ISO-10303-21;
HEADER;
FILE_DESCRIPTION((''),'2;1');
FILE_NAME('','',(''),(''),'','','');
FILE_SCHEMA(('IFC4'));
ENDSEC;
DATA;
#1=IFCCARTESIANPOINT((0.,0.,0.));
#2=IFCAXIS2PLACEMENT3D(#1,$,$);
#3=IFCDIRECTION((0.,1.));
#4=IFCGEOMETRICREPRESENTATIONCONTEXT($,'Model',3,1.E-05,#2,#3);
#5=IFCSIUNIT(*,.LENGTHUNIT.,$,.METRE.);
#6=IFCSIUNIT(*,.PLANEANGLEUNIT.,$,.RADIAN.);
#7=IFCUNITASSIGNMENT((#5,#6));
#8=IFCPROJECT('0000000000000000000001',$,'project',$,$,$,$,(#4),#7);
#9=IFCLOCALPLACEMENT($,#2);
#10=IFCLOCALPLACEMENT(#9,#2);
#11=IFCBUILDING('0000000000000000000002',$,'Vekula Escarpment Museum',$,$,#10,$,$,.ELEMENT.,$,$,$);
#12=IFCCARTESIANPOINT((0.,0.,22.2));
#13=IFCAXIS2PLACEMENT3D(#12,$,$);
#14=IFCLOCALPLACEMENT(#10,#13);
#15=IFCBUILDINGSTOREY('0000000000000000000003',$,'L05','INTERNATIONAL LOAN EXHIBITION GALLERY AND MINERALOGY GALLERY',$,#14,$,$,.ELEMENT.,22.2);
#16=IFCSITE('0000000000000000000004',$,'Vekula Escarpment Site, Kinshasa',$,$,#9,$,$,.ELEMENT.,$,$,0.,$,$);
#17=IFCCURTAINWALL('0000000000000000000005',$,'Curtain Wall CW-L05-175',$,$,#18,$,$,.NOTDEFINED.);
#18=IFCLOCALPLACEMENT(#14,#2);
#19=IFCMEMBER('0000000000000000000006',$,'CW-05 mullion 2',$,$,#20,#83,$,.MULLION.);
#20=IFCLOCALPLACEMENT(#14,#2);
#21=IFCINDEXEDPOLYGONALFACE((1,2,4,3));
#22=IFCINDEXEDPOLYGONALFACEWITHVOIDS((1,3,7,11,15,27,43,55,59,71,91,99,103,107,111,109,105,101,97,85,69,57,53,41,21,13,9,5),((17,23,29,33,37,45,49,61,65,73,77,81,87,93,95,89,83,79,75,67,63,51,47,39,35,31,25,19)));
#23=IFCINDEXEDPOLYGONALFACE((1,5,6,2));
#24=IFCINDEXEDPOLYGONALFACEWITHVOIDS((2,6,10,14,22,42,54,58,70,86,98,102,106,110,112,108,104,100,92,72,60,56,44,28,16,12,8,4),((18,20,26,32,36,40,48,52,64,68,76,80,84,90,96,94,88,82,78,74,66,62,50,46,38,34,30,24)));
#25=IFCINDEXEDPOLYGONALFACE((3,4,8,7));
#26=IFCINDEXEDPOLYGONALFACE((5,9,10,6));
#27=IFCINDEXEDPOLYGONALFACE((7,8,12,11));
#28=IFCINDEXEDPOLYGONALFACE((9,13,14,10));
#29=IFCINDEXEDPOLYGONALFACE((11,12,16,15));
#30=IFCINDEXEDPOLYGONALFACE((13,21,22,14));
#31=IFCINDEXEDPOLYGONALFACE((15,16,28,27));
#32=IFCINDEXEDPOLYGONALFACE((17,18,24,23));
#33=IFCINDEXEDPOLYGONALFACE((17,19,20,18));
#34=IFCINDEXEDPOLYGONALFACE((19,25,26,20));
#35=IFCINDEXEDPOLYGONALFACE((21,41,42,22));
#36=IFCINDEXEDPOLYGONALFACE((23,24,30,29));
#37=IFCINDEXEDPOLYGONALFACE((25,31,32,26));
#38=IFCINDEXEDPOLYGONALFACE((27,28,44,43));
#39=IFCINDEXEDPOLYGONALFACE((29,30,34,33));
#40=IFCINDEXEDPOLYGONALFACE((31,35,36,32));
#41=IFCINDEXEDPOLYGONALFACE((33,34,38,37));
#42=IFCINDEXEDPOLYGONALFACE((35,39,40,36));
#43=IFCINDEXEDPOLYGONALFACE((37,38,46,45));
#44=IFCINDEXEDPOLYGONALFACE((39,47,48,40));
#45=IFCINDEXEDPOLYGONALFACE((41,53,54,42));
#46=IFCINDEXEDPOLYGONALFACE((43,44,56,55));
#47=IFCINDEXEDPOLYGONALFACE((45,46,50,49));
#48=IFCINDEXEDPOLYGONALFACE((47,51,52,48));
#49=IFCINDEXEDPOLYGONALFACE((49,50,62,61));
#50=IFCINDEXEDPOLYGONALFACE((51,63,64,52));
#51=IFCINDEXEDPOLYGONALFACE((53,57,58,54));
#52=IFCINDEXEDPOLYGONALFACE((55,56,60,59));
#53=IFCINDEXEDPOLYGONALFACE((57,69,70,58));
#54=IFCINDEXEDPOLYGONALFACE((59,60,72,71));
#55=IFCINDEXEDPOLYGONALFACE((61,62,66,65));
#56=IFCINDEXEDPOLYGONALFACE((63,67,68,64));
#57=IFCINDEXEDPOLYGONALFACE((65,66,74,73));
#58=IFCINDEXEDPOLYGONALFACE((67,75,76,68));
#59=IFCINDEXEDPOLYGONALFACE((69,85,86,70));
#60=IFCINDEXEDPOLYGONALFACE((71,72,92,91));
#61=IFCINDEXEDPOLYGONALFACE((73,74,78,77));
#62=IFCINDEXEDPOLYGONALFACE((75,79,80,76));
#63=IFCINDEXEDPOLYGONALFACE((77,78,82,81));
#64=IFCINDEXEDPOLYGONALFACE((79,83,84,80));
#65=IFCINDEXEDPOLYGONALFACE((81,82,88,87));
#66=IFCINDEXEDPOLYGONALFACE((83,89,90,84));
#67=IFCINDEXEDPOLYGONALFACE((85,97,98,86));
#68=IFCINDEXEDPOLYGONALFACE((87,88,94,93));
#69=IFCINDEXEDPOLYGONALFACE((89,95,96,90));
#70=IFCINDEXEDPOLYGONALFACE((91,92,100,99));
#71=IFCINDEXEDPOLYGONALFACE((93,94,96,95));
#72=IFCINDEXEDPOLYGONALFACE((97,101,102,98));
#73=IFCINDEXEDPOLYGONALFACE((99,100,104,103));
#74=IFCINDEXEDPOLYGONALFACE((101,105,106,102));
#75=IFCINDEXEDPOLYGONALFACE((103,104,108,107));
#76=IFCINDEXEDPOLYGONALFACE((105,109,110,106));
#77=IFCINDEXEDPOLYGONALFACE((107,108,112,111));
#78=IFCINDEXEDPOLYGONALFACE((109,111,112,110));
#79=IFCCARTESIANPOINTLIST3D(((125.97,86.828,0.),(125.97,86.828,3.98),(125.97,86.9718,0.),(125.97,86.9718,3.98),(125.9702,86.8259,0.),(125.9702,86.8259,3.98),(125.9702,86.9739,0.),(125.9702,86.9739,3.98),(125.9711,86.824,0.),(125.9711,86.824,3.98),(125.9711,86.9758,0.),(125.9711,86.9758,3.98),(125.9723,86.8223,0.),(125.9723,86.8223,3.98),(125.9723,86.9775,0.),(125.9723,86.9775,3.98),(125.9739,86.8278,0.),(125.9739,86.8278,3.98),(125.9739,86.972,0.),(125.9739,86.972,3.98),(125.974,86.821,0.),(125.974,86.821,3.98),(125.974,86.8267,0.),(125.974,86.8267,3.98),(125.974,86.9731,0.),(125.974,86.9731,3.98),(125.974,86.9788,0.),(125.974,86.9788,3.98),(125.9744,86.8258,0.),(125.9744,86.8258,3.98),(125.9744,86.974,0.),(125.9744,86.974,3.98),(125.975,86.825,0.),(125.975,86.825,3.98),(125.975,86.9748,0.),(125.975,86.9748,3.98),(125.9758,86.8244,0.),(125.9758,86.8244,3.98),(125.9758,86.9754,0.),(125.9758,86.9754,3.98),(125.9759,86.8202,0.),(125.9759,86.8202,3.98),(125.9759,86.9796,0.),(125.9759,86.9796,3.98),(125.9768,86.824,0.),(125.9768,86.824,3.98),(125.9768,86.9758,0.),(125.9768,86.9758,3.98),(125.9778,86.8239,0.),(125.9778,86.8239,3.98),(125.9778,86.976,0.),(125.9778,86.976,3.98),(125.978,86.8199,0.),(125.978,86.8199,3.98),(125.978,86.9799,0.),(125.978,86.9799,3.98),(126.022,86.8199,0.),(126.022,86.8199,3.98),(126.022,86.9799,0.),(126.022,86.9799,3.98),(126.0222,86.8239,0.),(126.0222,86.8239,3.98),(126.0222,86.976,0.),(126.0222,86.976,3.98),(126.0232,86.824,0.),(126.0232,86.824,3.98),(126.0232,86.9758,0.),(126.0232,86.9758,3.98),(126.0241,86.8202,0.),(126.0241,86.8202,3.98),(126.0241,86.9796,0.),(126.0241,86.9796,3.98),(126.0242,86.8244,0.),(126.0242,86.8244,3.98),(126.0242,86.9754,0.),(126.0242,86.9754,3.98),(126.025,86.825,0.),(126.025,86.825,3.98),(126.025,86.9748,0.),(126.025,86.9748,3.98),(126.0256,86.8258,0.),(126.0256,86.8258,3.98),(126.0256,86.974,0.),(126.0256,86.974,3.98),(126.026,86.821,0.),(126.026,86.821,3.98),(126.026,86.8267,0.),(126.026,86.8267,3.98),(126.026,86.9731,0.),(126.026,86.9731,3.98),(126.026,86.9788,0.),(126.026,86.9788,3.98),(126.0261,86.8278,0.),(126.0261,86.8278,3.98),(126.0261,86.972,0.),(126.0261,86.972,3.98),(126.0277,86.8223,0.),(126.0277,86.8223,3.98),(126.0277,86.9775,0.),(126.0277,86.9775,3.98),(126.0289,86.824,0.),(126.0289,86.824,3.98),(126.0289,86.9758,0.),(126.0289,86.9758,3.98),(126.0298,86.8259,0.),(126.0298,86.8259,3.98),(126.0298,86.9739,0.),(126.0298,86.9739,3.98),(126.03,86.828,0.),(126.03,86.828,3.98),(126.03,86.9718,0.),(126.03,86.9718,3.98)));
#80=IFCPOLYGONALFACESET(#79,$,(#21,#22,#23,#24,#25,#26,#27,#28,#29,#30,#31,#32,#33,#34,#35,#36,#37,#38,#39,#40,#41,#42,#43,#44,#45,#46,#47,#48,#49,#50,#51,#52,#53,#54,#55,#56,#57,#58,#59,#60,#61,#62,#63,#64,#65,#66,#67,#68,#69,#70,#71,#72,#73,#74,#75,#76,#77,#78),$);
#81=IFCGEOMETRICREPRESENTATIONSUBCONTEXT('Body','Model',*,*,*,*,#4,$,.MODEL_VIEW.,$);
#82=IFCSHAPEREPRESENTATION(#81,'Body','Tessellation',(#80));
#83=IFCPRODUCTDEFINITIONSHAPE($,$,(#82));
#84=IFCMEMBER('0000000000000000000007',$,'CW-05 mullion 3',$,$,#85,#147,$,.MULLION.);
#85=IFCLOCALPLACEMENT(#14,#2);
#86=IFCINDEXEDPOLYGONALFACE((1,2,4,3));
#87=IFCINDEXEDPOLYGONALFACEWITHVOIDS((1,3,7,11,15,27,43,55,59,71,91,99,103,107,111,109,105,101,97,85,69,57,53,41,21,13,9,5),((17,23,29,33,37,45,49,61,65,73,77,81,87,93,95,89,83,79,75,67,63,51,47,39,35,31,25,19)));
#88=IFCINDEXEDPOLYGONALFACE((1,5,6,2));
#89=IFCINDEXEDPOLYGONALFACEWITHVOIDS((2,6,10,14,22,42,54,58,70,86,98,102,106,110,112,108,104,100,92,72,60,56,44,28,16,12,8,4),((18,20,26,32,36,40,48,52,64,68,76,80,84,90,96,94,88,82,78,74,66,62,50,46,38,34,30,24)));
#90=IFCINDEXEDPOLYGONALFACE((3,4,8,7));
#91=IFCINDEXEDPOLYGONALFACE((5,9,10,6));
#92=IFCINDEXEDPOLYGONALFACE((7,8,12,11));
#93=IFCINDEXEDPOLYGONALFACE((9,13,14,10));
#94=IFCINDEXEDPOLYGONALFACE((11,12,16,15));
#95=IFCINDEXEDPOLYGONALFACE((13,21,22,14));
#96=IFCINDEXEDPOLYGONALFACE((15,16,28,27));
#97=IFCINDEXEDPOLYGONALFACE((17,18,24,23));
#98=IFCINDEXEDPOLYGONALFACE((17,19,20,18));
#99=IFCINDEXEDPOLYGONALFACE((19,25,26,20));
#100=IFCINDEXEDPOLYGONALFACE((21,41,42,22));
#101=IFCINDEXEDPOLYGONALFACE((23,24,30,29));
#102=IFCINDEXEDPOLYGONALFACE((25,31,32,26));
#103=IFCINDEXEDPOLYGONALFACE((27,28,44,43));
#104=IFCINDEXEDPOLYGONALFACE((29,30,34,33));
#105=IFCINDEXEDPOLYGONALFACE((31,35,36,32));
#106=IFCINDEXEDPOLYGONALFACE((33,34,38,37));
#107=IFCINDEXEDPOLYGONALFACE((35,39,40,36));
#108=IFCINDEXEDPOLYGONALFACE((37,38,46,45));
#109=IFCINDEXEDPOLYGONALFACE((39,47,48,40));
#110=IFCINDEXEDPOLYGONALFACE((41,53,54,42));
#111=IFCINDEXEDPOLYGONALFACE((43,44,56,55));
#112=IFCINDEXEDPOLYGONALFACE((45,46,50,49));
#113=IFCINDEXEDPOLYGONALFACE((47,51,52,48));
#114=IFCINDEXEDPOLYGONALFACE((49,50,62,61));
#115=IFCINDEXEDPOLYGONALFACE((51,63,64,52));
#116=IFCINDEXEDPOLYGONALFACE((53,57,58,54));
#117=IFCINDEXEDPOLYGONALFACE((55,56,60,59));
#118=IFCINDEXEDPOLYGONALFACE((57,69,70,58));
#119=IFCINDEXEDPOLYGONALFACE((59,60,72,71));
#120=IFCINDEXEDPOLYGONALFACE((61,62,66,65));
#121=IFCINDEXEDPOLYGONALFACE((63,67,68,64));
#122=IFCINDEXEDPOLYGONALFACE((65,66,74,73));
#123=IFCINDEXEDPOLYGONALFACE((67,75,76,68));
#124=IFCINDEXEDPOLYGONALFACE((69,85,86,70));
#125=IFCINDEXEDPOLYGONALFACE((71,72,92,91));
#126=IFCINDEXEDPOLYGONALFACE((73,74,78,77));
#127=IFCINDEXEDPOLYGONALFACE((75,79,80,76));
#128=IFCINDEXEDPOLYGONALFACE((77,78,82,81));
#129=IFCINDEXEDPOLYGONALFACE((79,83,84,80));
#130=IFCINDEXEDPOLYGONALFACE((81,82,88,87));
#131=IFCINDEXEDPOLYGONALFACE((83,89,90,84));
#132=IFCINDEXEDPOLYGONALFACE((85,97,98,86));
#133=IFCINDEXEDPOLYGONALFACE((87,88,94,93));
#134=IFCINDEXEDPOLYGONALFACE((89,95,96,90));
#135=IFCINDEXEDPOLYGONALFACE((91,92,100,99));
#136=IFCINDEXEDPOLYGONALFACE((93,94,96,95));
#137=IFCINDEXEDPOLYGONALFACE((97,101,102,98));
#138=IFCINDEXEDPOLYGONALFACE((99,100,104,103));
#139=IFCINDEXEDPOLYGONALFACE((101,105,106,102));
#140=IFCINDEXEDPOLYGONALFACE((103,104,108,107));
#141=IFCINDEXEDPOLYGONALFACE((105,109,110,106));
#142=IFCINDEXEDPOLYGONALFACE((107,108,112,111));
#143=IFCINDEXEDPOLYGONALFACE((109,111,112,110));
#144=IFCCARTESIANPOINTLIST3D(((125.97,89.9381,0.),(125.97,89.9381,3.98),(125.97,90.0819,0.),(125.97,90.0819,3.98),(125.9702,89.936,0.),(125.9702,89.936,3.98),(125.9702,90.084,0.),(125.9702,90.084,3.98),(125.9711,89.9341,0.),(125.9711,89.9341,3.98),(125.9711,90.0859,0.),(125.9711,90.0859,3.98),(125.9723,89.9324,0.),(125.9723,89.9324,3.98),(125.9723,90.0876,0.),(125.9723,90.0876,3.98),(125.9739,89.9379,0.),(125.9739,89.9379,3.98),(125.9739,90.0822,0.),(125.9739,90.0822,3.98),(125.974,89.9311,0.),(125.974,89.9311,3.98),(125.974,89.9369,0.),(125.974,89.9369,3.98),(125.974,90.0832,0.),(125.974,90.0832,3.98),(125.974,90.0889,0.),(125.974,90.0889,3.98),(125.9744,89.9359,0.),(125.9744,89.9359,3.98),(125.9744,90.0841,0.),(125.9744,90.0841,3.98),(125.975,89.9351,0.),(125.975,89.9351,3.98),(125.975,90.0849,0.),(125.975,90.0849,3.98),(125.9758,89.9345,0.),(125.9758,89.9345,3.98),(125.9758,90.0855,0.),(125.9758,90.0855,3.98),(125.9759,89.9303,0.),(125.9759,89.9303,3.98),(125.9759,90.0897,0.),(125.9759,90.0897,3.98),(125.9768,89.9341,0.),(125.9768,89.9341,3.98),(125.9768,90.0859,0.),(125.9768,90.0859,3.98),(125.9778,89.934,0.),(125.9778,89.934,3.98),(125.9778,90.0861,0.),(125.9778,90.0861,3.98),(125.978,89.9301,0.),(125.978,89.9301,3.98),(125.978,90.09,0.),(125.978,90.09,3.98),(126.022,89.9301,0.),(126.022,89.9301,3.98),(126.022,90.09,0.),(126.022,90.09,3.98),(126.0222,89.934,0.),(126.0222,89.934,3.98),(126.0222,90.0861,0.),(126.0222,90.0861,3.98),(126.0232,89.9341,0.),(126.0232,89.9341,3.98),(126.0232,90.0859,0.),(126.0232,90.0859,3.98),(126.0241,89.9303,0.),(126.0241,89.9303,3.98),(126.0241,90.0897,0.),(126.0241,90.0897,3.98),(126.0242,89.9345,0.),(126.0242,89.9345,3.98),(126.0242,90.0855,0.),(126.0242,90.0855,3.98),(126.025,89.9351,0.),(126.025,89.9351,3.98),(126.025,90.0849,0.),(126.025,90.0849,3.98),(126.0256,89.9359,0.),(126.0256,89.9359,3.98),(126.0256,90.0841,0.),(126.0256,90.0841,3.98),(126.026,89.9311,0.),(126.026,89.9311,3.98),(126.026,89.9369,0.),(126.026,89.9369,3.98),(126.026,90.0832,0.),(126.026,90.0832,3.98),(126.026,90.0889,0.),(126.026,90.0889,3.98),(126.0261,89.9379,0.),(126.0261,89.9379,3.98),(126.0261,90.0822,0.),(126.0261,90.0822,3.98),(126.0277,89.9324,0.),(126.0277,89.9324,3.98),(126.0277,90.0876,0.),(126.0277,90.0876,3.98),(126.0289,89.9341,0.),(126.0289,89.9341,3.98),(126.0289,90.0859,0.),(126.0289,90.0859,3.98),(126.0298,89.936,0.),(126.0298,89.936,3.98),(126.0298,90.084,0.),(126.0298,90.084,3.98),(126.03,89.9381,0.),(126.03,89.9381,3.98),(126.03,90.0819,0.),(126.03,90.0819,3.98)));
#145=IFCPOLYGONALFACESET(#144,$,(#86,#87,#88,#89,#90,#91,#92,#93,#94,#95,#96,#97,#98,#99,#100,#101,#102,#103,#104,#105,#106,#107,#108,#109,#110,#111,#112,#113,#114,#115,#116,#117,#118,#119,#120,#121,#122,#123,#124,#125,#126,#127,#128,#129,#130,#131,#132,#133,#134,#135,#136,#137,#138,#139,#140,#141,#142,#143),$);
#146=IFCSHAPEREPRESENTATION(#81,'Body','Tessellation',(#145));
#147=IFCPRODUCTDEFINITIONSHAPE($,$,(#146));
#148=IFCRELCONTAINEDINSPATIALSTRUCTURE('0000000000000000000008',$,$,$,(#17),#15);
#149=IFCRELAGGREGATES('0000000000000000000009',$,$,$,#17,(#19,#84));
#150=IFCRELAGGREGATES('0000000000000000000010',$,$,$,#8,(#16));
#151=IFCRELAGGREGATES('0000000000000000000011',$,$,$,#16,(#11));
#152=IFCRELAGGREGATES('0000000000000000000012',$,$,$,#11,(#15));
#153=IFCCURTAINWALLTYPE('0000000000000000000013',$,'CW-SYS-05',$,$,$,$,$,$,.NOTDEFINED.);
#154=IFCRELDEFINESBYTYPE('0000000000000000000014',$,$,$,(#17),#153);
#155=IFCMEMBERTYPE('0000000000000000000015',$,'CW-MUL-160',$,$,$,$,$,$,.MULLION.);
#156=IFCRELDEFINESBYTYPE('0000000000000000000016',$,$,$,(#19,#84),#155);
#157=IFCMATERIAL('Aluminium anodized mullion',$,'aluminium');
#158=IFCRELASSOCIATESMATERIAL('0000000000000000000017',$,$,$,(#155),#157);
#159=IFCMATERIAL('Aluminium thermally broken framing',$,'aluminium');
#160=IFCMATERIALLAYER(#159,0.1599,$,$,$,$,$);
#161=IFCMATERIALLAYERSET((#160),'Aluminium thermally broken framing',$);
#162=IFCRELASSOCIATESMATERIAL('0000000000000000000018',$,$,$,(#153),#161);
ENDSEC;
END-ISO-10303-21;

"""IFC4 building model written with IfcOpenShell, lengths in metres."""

from ifc_helpers import new_model, si_unit, direction, frame, origin, origin_2d, place, context, subcontext, project, spatial, hollow_rectangle, extrude, material, layer, layer_set, material_profile, profile_set, type_object, element, aggregate, save


model = new_model("IFC4")

# Units and contexts
model_context = context("Model", 3, precision=1e-05, world=origin(), true_north=direction((0.0, 1.0)))
body_context = subcontext(model_context, "Body", "Model", "MODEL_VIEW")
ifc_project = project(units=[si_unit("LENGTHUNIT", "METRE"), si_unit("PLANEANGLEUNIT", "RADIAN")], contexts=[model_context])

# Site, building, storey
site_placement = place(None, origin())
site = spatial("IfcSite", under=ifc_project, at=site_placement, Name="Vekula Escarpment Site, Kinshasa", CompositionType="ELEMENT", RefElevation=0.0)
building_placement = place(site_placement, origin())
building = spatial("IfcBuilding", under=site, at=building_placement, Name="Vekula Escarpment Museum", CompositionType="ELEMENT")
storey_placement = place(building_placement, frame((0.0, 0.0, 22.2)))
storey = spatial("IfcBuildingStorey", under=building, at=storey_placement, Name="L05", Description="INTERNATIONAL LOAN EXHIBITION GALLERY AND MINERALOGY GALLERY", CompositionType="ELEMENT", Elevation=22.2)

# Shared definitions
ifc_material_1 = material(Name="Aluminium anodized mullion", Category="aluminium")
ifc_material_profile_1 = material_profile(ifc_material_1, hollow_rectangle(XDim=0.0601, YDim=0.1599, WallThickness=0.0039, InnerFilletRadius=0.0039, OuterFilletRadius=0.0081, at=origin_2d()), Name="ALU 160x60x4")
ifc_profile_set_1 = profile_set([ifc_material_profile_1], Name="Aluminium anodized mullion")
member_type_1 = type_object("IfcMemberType", Name="CW-MUL-160", PredefinedType="MULLION", material=ifc_profile_set_1)

# Curtain wall, members
ifc_material_2 = material(Name="Aluminium thermally broken framing", Category="aluminium")
ifc_layer_1 = layer(ifc_material_2, 0.1599)
ifc_layer_set_1 = layer_set([ifc_layer_1], Name="Aluminium thermally broken framing")
curtain_wall_type_1 = type_object("IfcCurtainWallType", Name="CW-SYS-05", PredefinedType="NOTDEFINED", material=ifc_layer_set_1)
curtain_wall_1_placement = place(storey_placement, origin())
curtain_wall_1 = element("IfcCurtainWall", 1, at=curtain_wall_1_placement, inside=storey, type_object=curtain_wall_type_1, Name="Curtain Wall CW-L05-175", PredefinedType="NOTDEFINED")
member_1_placement = place(storey_placement, frame((126.0, 86.8999, 0.0), z_axis=(0.0, 0.0, 1.0), x_axis=(-1.0, 0.0, 0.0)))
member_1 = element("IfcMember", 2, at=member_1_placement, type_object=member_type_1, Name="CW-05 mullion 2", PredefinedType="MULLION", context=body_context, shape_type="SweptSolid", body=[
    extrude(hollow_rectangle(XDim=0.0601, YDim=0.1599, WallThickness=0.0039, InnerFilletRadius=0.0039, OuterFilletRadius=0.0081, at=origin_2d()), origin(), (0.0, 0.0, 1.0), 3.98),
])
member_2_placement = place(storey_placement, frame((126.0, 90.01, 0.0), z_axis=(0.0, 0.0, 1.0), x_axis=(-1.0, 0.0, 0.0)))
member_2 = element("IfcMember", 3, at=member_2_placement, type_object=member_type_1, Name="CW-05 mullion 3", PredefinedType="MULLION", context=body_context, shape_type="SweptSolid", body=[
    extrude(hollow_rectangle(XDim=0.0601, YDim=0.1599, WallThickness=0.0039, InnerFilletRadius=0.0039, OuterFilletRadius=0.0081, at=origin_2d()), origin(), (0.0, 0.0, 1.0), 3.98),
])

aggregate(curtain_wall_1, [member_1, member_2])

save(model, "model.ifc")
